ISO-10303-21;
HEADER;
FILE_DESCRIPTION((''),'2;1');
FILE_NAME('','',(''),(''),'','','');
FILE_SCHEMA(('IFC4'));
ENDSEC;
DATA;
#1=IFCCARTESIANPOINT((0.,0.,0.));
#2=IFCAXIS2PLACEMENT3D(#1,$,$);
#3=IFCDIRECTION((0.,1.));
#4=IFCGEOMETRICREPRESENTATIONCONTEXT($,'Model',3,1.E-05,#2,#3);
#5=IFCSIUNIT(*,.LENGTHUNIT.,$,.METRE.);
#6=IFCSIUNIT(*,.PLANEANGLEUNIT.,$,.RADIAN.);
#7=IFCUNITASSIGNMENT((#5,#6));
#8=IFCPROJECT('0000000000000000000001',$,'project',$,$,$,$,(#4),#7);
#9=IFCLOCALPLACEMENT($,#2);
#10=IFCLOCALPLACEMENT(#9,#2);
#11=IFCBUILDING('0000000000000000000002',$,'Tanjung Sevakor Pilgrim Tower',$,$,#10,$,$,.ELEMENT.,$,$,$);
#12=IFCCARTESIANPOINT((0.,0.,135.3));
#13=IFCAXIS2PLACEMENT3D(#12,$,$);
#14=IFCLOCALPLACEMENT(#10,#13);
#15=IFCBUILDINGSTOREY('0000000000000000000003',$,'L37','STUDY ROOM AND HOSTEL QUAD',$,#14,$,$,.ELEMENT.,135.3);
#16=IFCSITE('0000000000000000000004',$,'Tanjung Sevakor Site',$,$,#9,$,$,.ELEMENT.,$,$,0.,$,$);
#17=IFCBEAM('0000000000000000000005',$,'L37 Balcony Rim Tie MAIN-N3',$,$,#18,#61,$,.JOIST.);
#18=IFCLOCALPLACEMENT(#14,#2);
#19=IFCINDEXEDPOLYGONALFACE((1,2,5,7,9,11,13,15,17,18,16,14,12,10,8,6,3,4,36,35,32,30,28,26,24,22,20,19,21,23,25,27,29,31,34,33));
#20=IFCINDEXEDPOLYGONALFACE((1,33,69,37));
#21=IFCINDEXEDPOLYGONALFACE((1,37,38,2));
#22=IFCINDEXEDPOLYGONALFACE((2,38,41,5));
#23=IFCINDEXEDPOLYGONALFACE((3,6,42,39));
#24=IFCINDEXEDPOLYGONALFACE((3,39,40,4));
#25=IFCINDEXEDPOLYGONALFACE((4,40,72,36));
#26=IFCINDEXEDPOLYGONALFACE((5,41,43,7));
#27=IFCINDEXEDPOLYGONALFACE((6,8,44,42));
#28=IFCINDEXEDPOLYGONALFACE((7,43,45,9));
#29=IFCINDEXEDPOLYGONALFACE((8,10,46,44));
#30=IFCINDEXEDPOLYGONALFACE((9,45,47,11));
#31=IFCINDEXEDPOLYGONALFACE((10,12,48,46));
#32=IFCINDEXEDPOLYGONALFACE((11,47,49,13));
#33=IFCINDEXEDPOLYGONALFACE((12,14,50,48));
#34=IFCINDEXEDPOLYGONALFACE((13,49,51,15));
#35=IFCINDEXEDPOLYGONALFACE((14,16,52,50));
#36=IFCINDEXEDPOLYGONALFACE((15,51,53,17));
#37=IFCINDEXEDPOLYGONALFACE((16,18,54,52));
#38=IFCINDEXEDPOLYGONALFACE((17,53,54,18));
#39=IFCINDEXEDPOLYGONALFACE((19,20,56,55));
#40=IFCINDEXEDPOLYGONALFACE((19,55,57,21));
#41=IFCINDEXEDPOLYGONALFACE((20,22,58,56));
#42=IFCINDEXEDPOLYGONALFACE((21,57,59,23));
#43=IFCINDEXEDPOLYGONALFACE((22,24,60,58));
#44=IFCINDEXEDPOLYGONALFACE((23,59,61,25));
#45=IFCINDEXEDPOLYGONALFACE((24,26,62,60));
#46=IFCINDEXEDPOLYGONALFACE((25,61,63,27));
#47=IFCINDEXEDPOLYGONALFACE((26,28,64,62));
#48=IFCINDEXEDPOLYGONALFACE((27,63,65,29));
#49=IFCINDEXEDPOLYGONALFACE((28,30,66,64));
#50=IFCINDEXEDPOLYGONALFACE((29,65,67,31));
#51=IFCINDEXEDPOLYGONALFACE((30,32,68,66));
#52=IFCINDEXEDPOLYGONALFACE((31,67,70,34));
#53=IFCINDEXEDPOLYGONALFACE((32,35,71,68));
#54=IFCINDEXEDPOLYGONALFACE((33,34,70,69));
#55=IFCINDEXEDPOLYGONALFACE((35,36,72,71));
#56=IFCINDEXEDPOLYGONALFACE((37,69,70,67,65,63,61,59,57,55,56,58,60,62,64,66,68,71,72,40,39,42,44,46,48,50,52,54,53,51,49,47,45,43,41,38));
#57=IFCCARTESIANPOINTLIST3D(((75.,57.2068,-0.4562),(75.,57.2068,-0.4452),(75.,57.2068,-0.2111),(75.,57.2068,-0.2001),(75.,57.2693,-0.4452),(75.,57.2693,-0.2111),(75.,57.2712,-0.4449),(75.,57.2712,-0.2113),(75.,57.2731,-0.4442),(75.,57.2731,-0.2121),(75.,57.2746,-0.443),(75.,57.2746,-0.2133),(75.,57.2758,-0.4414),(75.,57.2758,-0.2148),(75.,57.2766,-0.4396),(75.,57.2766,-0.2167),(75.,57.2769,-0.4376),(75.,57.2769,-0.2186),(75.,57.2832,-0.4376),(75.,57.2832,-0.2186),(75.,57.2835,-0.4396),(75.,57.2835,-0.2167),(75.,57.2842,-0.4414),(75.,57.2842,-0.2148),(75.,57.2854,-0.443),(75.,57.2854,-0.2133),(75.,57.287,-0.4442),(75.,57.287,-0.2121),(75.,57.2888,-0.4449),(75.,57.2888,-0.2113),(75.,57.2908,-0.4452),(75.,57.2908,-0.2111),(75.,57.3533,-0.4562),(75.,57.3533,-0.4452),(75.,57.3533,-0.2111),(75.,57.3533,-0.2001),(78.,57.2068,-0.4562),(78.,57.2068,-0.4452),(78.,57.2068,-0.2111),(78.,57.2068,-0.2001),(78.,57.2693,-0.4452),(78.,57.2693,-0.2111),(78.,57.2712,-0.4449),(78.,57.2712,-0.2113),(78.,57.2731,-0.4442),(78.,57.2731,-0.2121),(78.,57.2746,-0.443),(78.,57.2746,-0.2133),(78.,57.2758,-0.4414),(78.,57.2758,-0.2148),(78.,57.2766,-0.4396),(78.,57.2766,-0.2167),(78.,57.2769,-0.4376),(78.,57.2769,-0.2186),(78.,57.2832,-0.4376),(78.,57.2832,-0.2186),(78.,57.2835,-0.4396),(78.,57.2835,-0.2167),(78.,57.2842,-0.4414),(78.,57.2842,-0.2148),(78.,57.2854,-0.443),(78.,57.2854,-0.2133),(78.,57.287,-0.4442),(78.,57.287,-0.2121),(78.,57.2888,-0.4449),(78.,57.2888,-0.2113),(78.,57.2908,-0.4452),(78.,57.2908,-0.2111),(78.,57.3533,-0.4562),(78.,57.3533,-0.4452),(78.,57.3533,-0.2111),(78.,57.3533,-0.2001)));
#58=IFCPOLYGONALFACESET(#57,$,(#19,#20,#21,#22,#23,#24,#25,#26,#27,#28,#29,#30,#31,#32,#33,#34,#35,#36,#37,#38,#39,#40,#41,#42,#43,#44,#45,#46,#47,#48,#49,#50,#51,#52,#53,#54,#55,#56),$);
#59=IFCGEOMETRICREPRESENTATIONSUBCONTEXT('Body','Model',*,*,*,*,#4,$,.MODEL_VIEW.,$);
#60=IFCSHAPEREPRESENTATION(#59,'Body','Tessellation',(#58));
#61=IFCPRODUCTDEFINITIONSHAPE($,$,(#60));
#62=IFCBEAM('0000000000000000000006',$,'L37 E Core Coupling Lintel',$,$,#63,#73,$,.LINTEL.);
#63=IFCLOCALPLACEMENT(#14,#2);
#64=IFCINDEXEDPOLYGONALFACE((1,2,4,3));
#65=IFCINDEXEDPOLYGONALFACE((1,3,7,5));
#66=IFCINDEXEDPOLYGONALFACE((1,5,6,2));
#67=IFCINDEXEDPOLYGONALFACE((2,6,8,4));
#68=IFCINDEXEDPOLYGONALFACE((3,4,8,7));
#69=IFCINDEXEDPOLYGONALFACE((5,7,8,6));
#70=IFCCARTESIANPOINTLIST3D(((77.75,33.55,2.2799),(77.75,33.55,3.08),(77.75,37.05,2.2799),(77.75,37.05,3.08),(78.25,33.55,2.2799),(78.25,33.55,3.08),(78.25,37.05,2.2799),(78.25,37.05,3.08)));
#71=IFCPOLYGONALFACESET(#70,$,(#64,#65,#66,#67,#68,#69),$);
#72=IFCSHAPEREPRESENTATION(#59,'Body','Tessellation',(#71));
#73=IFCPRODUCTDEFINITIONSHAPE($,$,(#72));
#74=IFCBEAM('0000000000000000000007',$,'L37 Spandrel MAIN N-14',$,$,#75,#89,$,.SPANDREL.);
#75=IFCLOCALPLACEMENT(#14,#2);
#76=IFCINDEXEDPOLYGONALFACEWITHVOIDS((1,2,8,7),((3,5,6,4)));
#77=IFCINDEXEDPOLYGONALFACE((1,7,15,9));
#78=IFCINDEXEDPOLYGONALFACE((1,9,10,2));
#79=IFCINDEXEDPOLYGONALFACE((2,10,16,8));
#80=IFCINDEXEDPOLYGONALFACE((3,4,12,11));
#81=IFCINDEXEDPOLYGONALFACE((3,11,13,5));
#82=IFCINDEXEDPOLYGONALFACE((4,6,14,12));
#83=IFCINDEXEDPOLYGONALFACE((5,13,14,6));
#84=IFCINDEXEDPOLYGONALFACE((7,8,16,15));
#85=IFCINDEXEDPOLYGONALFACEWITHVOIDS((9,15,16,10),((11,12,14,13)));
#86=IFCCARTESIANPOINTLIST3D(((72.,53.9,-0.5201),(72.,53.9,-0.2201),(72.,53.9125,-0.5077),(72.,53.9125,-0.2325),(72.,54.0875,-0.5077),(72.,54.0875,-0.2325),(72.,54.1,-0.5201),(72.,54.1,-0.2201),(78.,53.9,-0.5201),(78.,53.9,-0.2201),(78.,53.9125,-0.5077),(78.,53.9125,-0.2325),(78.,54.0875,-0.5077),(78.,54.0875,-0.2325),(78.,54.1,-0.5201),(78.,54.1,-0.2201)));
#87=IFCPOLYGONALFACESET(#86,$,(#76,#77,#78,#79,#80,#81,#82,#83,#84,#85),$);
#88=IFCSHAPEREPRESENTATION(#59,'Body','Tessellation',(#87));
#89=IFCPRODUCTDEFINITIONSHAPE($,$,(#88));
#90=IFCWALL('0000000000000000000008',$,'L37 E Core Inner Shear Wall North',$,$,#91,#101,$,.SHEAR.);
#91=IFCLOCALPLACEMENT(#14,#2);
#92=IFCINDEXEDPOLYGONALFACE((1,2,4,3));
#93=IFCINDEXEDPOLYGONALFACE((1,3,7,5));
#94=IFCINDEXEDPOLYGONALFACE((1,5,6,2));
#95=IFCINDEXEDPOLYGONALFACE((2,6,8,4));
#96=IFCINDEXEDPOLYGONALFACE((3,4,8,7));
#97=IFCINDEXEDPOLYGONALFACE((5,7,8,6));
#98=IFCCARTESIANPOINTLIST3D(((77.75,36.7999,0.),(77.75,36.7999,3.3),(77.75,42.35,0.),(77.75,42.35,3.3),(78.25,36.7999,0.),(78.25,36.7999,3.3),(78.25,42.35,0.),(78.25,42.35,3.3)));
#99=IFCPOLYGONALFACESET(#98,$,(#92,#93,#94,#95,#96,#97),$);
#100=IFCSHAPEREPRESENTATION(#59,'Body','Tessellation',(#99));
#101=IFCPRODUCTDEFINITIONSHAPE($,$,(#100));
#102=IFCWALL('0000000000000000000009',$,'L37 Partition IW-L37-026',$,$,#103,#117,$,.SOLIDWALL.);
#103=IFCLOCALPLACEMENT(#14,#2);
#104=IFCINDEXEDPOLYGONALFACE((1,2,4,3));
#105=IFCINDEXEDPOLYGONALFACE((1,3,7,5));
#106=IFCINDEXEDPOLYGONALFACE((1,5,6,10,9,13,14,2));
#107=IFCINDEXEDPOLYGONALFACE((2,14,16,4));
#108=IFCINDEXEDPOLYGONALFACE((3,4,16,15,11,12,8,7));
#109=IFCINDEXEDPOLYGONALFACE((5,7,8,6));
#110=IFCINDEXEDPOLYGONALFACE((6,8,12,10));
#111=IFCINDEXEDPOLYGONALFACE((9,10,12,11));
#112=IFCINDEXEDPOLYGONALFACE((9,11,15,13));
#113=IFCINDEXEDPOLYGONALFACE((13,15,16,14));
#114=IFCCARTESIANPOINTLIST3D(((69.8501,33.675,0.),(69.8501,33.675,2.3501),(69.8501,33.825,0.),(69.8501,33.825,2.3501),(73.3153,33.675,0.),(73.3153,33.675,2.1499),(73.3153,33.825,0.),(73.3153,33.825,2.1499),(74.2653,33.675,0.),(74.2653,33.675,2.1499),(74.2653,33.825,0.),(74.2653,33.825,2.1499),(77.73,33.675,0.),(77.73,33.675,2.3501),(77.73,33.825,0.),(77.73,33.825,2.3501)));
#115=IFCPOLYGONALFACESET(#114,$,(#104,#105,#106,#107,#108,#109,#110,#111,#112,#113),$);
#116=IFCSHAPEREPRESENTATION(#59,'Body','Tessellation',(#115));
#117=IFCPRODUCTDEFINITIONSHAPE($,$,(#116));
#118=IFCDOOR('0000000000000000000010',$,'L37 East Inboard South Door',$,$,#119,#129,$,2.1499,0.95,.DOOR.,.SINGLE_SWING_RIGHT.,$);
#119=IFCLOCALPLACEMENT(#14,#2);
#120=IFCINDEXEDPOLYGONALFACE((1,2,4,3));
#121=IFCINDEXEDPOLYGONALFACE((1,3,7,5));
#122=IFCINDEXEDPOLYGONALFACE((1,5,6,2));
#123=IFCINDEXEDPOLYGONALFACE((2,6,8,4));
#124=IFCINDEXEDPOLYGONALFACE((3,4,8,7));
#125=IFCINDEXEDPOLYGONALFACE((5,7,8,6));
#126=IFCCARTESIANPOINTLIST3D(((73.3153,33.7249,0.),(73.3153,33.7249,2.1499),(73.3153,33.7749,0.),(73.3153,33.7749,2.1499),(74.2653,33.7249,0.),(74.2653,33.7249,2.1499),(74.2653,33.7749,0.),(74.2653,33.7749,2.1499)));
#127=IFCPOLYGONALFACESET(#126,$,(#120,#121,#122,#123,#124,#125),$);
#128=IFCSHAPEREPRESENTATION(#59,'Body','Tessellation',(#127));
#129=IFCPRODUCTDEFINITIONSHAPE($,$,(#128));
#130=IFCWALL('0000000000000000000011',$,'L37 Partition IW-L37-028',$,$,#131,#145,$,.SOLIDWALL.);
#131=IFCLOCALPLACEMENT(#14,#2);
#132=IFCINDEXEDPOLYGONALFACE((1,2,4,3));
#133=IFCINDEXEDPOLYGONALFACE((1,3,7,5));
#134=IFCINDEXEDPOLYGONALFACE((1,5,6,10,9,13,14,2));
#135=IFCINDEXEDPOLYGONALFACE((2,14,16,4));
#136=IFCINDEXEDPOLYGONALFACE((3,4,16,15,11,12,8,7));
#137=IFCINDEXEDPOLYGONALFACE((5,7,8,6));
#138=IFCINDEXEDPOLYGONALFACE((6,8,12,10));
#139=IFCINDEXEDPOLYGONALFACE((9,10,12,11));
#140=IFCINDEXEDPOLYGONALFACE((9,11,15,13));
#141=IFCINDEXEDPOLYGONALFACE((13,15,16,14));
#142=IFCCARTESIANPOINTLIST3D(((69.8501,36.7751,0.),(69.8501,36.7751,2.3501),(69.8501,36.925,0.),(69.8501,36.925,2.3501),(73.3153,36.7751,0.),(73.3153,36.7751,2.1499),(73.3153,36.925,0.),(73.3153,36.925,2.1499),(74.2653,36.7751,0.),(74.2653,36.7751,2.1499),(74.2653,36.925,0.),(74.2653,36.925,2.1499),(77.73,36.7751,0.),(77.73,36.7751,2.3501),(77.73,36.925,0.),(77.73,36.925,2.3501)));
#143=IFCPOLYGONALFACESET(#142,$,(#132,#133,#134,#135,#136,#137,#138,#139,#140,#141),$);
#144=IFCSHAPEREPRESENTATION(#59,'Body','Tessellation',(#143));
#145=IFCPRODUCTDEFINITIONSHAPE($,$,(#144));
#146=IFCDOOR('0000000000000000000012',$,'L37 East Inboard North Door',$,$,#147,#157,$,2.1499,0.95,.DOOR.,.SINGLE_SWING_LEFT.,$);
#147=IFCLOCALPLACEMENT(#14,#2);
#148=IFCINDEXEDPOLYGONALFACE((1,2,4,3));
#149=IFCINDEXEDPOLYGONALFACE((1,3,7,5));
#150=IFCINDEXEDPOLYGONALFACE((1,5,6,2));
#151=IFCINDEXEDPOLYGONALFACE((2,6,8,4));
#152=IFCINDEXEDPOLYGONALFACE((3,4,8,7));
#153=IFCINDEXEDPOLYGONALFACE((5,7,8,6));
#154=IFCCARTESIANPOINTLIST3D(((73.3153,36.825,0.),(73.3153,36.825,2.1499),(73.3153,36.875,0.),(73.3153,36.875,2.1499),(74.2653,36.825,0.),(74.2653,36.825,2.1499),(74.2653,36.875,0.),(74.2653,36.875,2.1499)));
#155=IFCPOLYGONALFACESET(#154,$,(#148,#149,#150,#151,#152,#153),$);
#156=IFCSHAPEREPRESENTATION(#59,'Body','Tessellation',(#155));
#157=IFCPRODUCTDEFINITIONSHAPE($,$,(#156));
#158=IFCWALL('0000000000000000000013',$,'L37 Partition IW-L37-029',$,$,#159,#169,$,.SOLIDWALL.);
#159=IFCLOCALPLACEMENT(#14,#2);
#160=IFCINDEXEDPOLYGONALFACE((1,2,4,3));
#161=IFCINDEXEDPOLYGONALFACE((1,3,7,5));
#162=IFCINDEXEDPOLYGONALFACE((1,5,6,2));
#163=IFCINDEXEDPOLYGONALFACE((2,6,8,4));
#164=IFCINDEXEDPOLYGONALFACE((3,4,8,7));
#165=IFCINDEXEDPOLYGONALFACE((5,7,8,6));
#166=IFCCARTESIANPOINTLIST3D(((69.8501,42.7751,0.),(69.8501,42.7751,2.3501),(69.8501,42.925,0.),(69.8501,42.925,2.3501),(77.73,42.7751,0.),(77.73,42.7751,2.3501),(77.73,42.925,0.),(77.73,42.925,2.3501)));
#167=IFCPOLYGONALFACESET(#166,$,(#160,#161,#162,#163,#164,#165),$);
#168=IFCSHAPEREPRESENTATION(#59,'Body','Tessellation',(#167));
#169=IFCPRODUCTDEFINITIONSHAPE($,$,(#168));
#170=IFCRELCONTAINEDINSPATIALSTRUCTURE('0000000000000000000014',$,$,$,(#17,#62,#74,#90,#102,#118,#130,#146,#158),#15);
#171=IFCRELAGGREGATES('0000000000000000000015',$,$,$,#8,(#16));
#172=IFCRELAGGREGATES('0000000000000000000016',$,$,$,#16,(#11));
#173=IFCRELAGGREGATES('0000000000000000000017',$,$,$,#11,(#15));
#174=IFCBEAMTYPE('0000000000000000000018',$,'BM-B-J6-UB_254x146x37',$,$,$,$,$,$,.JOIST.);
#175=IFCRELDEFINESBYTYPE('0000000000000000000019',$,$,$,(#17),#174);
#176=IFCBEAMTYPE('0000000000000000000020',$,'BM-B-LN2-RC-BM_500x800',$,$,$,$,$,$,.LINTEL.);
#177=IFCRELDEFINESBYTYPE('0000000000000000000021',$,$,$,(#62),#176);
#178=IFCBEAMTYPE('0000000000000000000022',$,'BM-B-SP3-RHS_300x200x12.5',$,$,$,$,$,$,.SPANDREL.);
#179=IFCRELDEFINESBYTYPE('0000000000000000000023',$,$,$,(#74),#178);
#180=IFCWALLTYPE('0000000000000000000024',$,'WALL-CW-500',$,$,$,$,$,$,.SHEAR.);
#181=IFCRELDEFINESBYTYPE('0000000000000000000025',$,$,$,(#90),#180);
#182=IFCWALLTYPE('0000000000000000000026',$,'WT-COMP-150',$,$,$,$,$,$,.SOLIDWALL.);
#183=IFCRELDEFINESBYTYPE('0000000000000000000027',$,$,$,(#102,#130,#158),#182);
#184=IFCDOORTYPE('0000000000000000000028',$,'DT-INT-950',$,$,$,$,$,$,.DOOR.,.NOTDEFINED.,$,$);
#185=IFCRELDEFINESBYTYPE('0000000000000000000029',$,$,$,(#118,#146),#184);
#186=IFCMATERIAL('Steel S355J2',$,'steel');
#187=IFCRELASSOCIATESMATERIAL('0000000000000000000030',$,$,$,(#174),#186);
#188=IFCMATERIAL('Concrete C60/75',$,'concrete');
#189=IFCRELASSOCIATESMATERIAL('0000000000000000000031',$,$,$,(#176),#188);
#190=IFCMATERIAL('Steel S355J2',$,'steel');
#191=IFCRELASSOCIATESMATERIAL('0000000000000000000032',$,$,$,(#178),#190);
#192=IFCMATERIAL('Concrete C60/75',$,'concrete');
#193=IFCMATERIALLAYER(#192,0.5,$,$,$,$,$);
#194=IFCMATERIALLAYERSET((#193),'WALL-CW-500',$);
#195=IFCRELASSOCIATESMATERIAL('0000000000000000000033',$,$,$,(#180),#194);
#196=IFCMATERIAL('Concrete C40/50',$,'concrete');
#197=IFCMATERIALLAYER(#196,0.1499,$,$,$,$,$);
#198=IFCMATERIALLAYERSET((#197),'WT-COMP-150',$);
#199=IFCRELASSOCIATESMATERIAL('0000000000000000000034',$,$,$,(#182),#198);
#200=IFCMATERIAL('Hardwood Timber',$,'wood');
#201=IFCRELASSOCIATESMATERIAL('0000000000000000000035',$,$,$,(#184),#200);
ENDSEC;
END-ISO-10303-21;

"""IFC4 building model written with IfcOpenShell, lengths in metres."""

from ifc_helpers import new_model, si_unit, direction, frame, frame_2d, origin, origin_2d, place, context, subcontext, project, spatial, rectangle, hollow_rectangle, i_section, extrude, material, layer, layer_set, material_profile, profile_set, type_object, element, fill, save


model = new_model("IFC4")

# Units and contexts
model_context = context("Model", 3, precision=1e-05, world=origin(), true_north=direction((0.0, 1.0)))
body_context = subcontext(model_context, "Body", "Model", "MODEL_VIEW")
ifc_project = project(units=[si_unit("LENGTHUNIT", "METRE"), si_unit("PLANEANGLEUNIT", "RADIAN")], contexts=[model_context])

# Site, building, storey
site_placement = place(None, origin())
site = spatial("IfcSite", under=ifc_project, at=site_placement, Name="Tanjung Sevakor Site", CompositionType="ELEMENT", RefElevation=0.0)
building_placement = place(site_placement, origin())
building = spatial("IfcBuilding", under=site, at=building_placement, Name="Tanjung Sevakor Pilgrim Tower", CompositionType="ELEMENT")
storey_placement = place(building_placement, frame((0.0, 0.0, 135.3)))
storey = spatial("IfcBuildingStorey", under=building, at=storey_placement, Name="L37", Description="STUDY ROOM AND HOSTEL QUAD", CompositionType="ELEMENT", Elevation=135.3)

# Beams
ifc_material_1 = material(Name="Steel S355J2", Category="steel")
ifc_material_profile_1 = material_profile(ifc_material_1, i_section(OverallWidth=0.1465, OverallDepth=0.2561, WebThickness=0.0063, FlangeThickness=0.011, FilletRadius=0.0076, at=origin_2d()))
ifc_profile_set_1 = profile_set([ifc_material_profile_1], Name="Steel S355J2")
beam_type_1 = type_object("IfcBeamType", Name="BM-B-J6-UB_254x146x37", PredefinedType="JOIST", material=ifc_profile_set_1)
beam_1_placement = place(storey_placement, frame((75.0, 57.28, -0.3281), z_axis=(1.0, 0.0, 0.0), x_axis=(0.0, 1.0, 0.0)))
element("IfcBeam", 1, at=beam_1_placement, inside=storey, type_object=beam_type_1, Name="L37 Balcony Rim Tie MAIN-N3", PredefinedType="JOIST", context=body_context, shape_type="SweptSolid", body=[
    extrude(i_section(OverallWidth=0.1465, OverallDepth=0.2561, WebThickness=0.0063, FlangeThickness=0.011, FilletRadius=0.0076, at=origin_2d()), origin(), (0.0, 0.0, 1.0), 3.0),
])
ifc_material_2 = material(Name="Concrete C60/75", Category="concrete")
ifc_material_profile_2 = material_profile(ifc_material_2, rectangle(XDim=0.5, YDim=0.8, at=origin_2d()))
ifc_profile_set_2 = profile_set([ifc_material_profile_2], Name="Concrete C60/75")
beam_type_2 = type_object("IfcBeamType", Name="BM-B-LN2-RC-BM_500x800", PredefinedType="LINTEL", material=ifc_profile_set_2)
beam_2_placement = place(storey_placement, frame((78.0, 33.55, 2.6799), z_axis=(0.0, 1.0, 0.0), x_axis=(-1.0, 0.0, 0.0)))
element("IfcBeam", 2, at=beam_2_placement, inside=storey, type_object=beam_type_2, Name="L37 E Core Coupling Lintel", PredefinedType="LINTEL", context=body_context, shape_type="SweptSolid", body=[
    extrude(rectangle(XDim=0.5, YDim=0.8, at=origin_2d()), origin(), (0.0, 0.0, 1.0), 3.5),
])
ifc_material_3 = material(Name="Steel S355J2", Category="steel")
ifc_material_profile_3 = material_profile(ifc_material_3, hollow_rectangle(XDim=0.2, YDim=0.3, WallThickness=0.0125, at=origin_2d()))
ifc_profile_set_3 = profile_set([ifc_material_profile_3], Name="Steel S355J2")
beam_type_3 = type_object("IfcBeamType", Name="BM-B-SP3-RHS_300x200x12.5", PredefinedType="SPANDREL", material=ifc_profile_set_3)
beam_3_placement = place(storey_placement, frame((72.0, 54.0, -0.3701), z_axis=(1.0, 0.0, 0.0), x_axis=(0.0, 1.0, 0.0)))
element("IfcBeam", 3, at=beam_3_placement, inside=storey, type_object=beam_type_3, Name="L37 Spandrel MAIN N-14", PredefinedType="SPANDREL", context=body_context, shape_type="SweptSolid", body=[
    extrude(hollow_rectangle(XDim=0.2, YDim=0.3, WallThickness=0.0125, at=origin_2d()), origin(), (0.0, 0.0, 1.0), 6.0),
])

# Wall
ifc_material_4 = material(Name="Concrete C60/75", Category="concrete")
ifc_layer_1 = layer(ifc_material_4, 0.5)
ifc_layer_set_1 = layer_set([ifc_layer_1], Name="WALL-CW-500")
wall_type_1 = type_object("IfcWallType", Name="WALL-CW-500", PredefinedType="SHEAR", material=ifc_layer_set_1)
wall_1_placement = place(storey_placement, frame((78.0, 36.8, 0.0), z_axis=(0.0, 0.0, 1.0), x_axis=(0.0, 1.0, 0.0)))
element("IfcWall", 4, at=wall_1_placement, inside=storey, type_object=wall_type_1, Name="L37 E Core Inner Shear Wall North", PredefinedType="SHEAR", context=body_context, shape_type="SweptSolid", body=[
    extrude(rectangle(XDim=5.55, YDim=0.5, at=frame_2d((2.7749, 0.0))), origin(), (0.0, 0.0, 1.0), 3.3),
])

# Walls, openings, doors
ifc_material_5 = material(Name="Concrete C40/50", Category="concrete")
ifc_layer_2 = layer(ifc_material_5, 0.1499)
ifc_layer_set_2 = layer_set([ifc_layer_2], Name="WT-COMP-150")
wall_type_2 = type_object("IfcWallType", Name="WT-COMP-150", PredefinedType="SOLIDWALL", material=ifc_layer_set_2)
wall_2_placement = place(storey_placement, frame((69.8501, 33.75, 0.0), z_axis=(0.0, 0.0, 1.0), x_axis=(1.0, 0.0, 0.0)))
wall_2 = element("IfcWall", 5, at=wall_2_placement, inside=storey, type_object=wall_type_2, Name="L37 Partition IW-L37-026", PredefinedType="SOLIDWALL", context=body_context, shape_type="SweptSolid", body=[
    extrude(rectangle(XDim=7.8799, YDim=0.1499, at=frame_2d((3.9399, 0.0))), origin(), (0.0, 0.0, 1.0), 2.3501),
])
opening_1_placement = place(wall_2_placement, frame((3.4651, 0.0, 0.0)))
opening_1 = element("IfcOpeningElement", 6, at=opening_1_placement, cuts=wall_2, PredefinedType="OPENING", context=body_context, shape_type="SweptSolid", body=[
    extrude(rectangle(XDim=0.95, YDim=2.1499, at=frame_2d((0.4751, 1.075))), frame((0.0, 0.085, 0.0), z_axis=(0.0, -1.0, 0.0), x_axis=(1.0, 0.0, 0.0)), (0.0, 0.0, 1.0), 0.1699),
])
ifc_material_6 = material(Name="Hardwood Timber", Category="wood")
door_type_1 = type_object("IfcDoorType", Name="DT-INT-950", OperationType="NOTDEFINED", PredefinedType="DOOR", material=ifc_material_6)
door_1_placement = place(opening_1_placement, origin())
door_1 = element("IfcDoor", 7, at=door_1_placement, inside=storey, type_object=door_type_1, Name="L37 East Inboard South Door", OperationType="SINGLE_SWING_RIGHT", OverallHeight=2.1499, OverallWidth=0.95, PredefinedType="DOOR", context=body_context, shape_type="SweptSolid", body=[
    extrude(rectangle(XDim=0.95, YDim=2.1499, at=frame_2d((0.4751, 1.075))), frame((0.0, 0.0249, 0.0), z_axis=(0.0, -1.0, 0.0), x_axis=(1.0, 0.0, 0.0)), (0.0, 0.0, 1.0), 0.05),
])
fill(opening_1, door_1)
wall_3_placement = place(storey_placement, frame((69.8501, 36.8501, 0.0), z_axis=(0.0, 0.0, 1.0), x_axis=(1.0, 0.0, 0.0)))
wall_3 = element("IfcWall", 8, at=wall_3_placement, inside=storey, type_object=wall_type_2, Name="L37 Partition IW-L37-028", PredefinedType="SOLIDWALL", context=body_context, shape_type="SweptSolid", body=[
    extrude(rectangle(XDim=7.8799, YDim=0.1499, at=frame_2d((3.9399, 0.0))), origin(), (0.0, 0.0, 1.0), 2.3501),
])
opening_2_placement = place(wall_3_placement, frame((3.4651, 0.0, 0.0)))
opening_2 = element("IfcOpeningElement", 9, at=opening_2_placement, cuts=wall_3, PredefinedType="OPENING", context=body_context, shape_type="SweptSolid", body=[
    extrude(rectangle(XDim=0.95, YDim=2.1499, at=frame_2d((0.4751, 1.075))), frame((0.0, 0.085, 0.0), z_axis=(0.0, -1.0, 0.0), x_axis=(1.0, 0.0, 0.0)), (0.0, 0.0, 1.0), 0.1699),
])
door_2_placement = place(opening_2_placement, origin())
door_2 = element("IfcDoor", 10, at=door_2_placement, inside=storey, type_object=door_type_1, Name="L37 East Inboard North Door", OperationType="SINGLE_SWING_LEFT", OverallHeight=2.1499, OverallWidth=0.95, PredefinedType="DOOR", context=body_context, shape_type="SweptSolid", body=[
    extrude(rectangle(XDim=0.95, YDim=2.1499, at=frame_2d((0.4751, 1.075))), frame((0.0, 0.0249, 0.0), z_axis=(0.0, -1.0, 0.0), x_axis=(1.0, 0.0, 0.0)), (0.0, 0.0, 1.0), 0.05),
])
fill(opening_2, door_2)

# Wall
wall_4_placement = place(storey_placement, frame((69.8501, 42.8501, 0.0), z_axis=(0.0, 0.0, 1.0), x_axis=(1.0, 0.0, 0.0)))
element("IfcWall", 11, at=wall_4_placement, inside=storey, type_object=wall_type_2, Name="L37 Partition IW-L37-029", PredefinedType="SOLIDWALL", context=body_context, shape_type="SweptSolid", body=[
    extrude(rectangle(XDim=7.8799, YDim=0.1499, at=frame_2d((3.9399, 0.0))), origin(), (0.0, 0.0, 1.0), 2.3501),
])

save(model, "model.ifc")
